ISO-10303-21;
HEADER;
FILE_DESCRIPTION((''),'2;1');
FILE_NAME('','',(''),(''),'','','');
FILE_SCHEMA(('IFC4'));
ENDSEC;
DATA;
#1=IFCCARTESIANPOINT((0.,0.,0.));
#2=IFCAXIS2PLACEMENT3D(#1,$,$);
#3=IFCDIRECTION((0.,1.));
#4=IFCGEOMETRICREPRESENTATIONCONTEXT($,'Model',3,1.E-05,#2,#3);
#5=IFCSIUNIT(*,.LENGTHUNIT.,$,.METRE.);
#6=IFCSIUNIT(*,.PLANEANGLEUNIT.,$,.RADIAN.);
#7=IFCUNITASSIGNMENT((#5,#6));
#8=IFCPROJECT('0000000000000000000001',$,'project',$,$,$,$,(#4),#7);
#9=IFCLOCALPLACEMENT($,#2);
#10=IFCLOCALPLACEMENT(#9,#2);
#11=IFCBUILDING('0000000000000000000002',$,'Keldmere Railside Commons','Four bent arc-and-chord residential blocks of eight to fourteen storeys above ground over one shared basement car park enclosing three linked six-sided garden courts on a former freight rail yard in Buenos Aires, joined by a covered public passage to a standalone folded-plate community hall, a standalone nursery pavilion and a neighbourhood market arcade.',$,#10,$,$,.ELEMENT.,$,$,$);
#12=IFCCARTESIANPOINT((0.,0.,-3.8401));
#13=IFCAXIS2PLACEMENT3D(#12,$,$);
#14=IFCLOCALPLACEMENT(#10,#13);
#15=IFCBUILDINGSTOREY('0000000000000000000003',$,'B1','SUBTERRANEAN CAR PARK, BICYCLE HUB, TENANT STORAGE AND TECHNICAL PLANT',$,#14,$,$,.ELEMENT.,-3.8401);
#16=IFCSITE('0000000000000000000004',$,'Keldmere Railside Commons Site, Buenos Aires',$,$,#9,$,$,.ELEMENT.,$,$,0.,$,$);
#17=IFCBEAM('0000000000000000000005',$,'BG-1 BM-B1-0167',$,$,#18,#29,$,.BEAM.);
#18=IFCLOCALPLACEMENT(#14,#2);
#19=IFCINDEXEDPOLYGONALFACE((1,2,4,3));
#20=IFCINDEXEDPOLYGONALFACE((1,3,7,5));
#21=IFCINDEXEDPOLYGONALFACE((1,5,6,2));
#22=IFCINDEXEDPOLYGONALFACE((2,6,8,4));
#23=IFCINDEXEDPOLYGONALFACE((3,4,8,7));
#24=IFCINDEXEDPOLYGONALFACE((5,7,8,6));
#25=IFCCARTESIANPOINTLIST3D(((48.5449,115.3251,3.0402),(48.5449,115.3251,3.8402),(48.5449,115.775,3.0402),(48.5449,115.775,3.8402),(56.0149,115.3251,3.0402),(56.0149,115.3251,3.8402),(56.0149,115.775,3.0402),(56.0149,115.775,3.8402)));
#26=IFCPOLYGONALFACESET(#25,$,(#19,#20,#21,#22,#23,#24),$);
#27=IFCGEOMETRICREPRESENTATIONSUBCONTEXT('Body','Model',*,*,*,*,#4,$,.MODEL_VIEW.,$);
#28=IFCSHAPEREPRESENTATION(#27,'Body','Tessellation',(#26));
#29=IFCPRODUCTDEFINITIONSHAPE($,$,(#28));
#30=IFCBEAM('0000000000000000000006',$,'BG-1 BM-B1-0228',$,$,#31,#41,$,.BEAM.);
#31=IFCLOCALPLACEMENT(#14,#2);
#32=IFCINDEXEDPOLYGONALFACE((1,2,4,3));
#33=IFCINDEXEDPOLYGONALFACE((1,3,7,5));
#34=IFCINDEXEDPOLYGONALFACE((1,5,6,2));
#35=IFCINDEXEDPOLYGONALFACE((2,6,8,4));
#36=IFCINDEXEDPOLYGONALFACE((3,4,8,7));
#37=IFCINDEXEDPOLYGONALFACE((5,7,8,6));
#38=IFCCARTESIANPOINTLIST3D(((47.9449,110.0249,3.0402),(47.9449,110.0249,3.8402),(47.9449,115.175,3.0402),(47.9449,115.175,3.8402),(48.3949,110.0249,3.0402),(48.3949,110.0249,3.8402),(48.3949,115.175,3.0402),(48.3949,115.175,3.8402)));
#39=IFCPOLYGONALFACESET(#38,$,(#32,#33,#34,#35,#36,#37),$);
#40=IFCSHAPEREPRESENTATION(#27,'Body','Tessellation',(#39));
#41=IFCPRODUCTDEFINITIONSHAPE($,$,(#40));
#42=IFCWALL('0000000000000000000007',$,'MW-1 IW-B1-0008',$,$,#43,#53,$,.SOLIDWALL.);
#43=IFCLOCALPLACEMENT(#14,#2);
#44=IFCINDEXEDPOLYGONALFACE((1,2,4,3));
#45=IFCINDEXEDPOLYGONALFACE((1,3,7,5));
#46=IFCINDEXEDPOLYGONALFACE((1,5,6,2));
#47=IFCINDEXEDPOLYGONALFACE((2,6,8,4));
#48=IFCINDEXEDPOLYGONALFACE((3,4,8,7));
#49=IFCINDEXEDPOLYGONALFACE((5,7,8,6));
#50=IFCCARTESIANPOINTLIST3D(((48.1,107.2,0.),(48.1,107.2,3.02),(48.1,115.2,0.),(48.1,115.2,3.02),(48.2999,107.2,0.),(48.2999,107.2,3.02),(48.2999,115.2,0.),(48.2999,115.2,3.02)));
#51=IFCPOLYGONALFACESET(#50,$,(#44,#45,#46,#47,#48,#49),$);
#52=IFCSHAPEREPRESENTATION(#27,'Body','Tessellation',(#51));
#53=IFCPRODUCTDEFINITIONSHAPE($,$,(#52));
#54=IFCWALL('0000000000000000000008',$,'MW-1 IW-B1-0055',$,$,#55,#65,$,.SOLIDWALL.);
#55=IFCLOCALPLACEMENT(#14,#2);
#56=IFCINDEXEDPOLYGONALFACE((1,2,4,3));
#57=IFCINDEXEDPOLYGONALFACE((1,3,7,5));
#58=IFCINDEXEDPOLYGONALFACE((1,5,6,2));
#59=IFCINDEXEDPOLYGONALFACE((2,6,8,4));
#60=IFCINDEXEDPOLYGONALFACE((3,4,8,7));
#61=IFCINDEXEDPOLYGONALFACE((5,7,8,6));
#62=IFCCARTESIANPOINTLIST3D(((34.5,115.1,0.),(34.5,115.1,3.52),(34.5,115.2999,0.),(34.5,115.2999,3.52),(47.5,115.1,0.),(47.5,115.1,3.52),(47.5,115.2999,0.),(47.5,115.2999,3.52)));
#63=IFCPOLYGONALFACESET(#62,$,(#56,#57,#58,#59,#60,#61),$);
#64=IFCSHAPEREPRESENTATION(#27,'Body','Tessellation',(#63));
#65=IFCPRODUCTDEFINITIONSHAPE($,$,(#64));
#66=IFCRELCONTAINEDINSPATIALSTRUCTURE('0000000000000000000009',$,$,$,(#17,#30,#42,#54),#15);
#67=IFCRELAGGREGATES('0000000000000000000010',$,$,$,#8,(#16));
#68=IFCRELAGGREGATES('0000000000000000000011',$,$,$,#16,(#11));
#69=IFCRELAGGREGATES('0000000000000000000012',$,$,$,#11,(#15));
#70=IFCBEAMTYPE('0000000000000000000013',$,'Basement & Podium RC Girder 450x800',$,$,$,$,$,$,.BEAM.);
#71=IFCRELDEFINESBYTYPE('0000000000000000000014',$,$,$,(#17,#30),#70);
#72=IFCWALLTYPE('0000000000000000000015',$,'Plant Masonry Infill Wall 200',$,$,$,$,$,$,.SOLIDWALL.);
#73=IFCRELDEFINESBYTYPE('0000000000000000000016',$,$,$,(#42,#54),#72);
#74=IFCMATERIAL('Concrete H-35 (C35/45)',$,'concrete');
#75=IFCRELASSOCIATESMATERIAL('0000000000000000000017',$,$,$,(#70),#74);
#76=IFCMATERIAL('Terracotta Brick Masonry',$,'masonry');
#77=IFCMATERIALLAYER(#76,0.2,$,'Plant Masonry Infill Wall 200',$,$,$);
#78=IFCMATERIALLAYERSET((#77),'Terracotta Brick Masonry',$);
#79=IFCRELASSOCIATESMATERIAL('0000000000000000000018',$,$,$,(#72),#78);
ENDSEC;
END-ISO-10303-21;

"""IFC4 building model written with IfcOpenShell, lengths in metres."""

from ifc_helpers import new_model, si_unit, direction, frame, frame_2d, origin, origin_2d, place, context, subcontext, project, spatial, rectangle, extrude, material, layer, layer_set, material_profile, profile_set, type_object, element, save


model = new_model("IFC4")

# Units and contexts
model_context = context("Model", 3, precision=1e-05, world=origin(), true_north=direction((0.0, 1.0)))
body_context = subcontext(model_context, "Body", "Model", "MODEL_VIEW")
ifc_project = project(units=[si_unit("LENGTHUNIT", "METRE"), si_unit("PLANEANGLEUNIT", "RADIAN")], contexts=[model_context])

# Site, building, storey
site_placement = place(None, origin())
site = spatial("IfcSite", under=ifc_project, at=site_placement, Name="Keldmere Railside Commons Site, Buenos Aires", CompositionType="ELEMENT", RefElevation=0.0)
building_placement = place(site_placement, origin())
building = spatial("IfcBuilding", under=site, at=building_placement, Name="Keldmere Railside Commons", Description="Four bent arc-and-chord residential blocks of eight to fourteen storeys above ground over one shared basement car park enclosing three linked six-sided garden courts on a former freight rail yard in Buenos Aires, joined by a covered public passage to a standalone folded-plate community hall, a standalone nursery pavilion and a neighbourhood market arcade.", CompositionType="ELEMENT")
storey_placement = place(building_placement, frame((0.0, 0.0, -3.8401)))
storey = spatial("IfcBuildingStorey", under=building, at=storey_placement, Name="B1", Description="SUBTERRANEAN CAR PARK, BICYCLE HUB, TENANT STORAGE AND TECHNICAL PLANT", CompositionType="ELEMENT", Elevation=-3.8401)

# Beams
ifc_material_1 = material(Name="Concrete H-35 (C35/45)", Category="concrete")
ifc_material_profile_1 = material_profile(ifc_material_1, rectangle(XDim=0.45, YDim=0.8, at=origin_2d()), Name="RC-450x800")
ifc_profile_set_1 = profile_set([ifc_material_profile_1], Name="Concrete H-35 (C35/45)")
beam_type = type_object("IfcBeamType", Name="Basement & Podium RC Girder 450x800", PredefinedType="BEAM", material=ifc_profile_set_1)
for number, where, z_axis, x_axis, name in (
    (1, (48.5449, 115.55, 3.4402), (1.0, 0.0, 0.0), (0.0, 1.0, 0.0), "BG-1 BM-B1-0167"),
):
    element("IfcBeam", number, at=place(storey_placement, frame(where, z_axis=z_axis, x_axis=x_axis)), inside=storey, type_object=beam_type, Name=name, PredefinedType="BEAM", context=body_context, shape_type="SweptSolid", body=[
        extrude(rectangle(XDim=0.45, YDim=0.8, at=origin_2d()), origin(), (0.0, 0.0, 1.0), 7.47),
    ])
beam_placement = place(storey_placement, frame((48.1699, 110.0249, 3.4402), z_axis=(0.0, 1.0, 0.0), x_axis=(-1.0, 0.0, 0.0)))
element("IfcBeam", 2, at=beam_placement, inside=storey, type_object=beam_type, Name="BG-1 BM-B1-0228", PredefinedType="BEAM", context=body_context, shape_type="SweptSolid", body=[
    extrude(rectangle(XDim=0.45, YDim=0.8, at=origin_2d()), origin(), (0.0, 0.0, 1.0), 5.1501),
])

# Walls
ifc_material_2 = material(Name="Terracotta Brick Masonry", Category="masonry")
ifc_layer = layer(ifc_material_2, 0.2, Name="Plant Masonry Infill Wall 200")
ifc_layer_set = layer_set([ifc_layer], Name="Terracotta Brick Masonry")
wall_type = type_object("IfcWallType", Name="Plant Masonry Infill Wall 200", PredefinedType="SOLIDWALL", material=ifc_layer_set)
wall_1_placement = place(storey_placement, frame((48.2, 115.2, 0.0), z_axis=(0.0, 0.0, 1.0), x_axis=(0.0, -1.0, 0.0)))
element("IfcWall", 3, at=wall_1_placement, inside=storey, type_object=wall_type, Name="MW-1 IW-B1-0008", PredefinedType="SOLIDWALL", context=body_context, shape_type="SweptSolid", body=[
    extrude(rectangle(XDim=8.0, YDim=0.2, at=frame_2d((4.0, 0.0))), origin(), (0.0, 0.0, 1.0), 3.02),
])
wall_2_placement = place(storey_placement, frame((47.5, 115.2, 0.0), z_axis=(0.0, 0.0, 1.0), x_axis=(-1.0, 0.0, 0.0)))
element("IfcWall", 4, at=wall_2_placement, inside=storey, type_object=wall_type, Name="MW-1 IW-B1-0055", PredefinedType="SOLIDWALL", context=body_context, shape_type="SweptSolid", body=[
    extrude(rectangle(XDim=13.0, YDim=0.2, at=frame_2d((6.5, 0.0))), origin(), (0.0, 0.0, 1.0), 3.52),
])

save(model, "model.ifc")
